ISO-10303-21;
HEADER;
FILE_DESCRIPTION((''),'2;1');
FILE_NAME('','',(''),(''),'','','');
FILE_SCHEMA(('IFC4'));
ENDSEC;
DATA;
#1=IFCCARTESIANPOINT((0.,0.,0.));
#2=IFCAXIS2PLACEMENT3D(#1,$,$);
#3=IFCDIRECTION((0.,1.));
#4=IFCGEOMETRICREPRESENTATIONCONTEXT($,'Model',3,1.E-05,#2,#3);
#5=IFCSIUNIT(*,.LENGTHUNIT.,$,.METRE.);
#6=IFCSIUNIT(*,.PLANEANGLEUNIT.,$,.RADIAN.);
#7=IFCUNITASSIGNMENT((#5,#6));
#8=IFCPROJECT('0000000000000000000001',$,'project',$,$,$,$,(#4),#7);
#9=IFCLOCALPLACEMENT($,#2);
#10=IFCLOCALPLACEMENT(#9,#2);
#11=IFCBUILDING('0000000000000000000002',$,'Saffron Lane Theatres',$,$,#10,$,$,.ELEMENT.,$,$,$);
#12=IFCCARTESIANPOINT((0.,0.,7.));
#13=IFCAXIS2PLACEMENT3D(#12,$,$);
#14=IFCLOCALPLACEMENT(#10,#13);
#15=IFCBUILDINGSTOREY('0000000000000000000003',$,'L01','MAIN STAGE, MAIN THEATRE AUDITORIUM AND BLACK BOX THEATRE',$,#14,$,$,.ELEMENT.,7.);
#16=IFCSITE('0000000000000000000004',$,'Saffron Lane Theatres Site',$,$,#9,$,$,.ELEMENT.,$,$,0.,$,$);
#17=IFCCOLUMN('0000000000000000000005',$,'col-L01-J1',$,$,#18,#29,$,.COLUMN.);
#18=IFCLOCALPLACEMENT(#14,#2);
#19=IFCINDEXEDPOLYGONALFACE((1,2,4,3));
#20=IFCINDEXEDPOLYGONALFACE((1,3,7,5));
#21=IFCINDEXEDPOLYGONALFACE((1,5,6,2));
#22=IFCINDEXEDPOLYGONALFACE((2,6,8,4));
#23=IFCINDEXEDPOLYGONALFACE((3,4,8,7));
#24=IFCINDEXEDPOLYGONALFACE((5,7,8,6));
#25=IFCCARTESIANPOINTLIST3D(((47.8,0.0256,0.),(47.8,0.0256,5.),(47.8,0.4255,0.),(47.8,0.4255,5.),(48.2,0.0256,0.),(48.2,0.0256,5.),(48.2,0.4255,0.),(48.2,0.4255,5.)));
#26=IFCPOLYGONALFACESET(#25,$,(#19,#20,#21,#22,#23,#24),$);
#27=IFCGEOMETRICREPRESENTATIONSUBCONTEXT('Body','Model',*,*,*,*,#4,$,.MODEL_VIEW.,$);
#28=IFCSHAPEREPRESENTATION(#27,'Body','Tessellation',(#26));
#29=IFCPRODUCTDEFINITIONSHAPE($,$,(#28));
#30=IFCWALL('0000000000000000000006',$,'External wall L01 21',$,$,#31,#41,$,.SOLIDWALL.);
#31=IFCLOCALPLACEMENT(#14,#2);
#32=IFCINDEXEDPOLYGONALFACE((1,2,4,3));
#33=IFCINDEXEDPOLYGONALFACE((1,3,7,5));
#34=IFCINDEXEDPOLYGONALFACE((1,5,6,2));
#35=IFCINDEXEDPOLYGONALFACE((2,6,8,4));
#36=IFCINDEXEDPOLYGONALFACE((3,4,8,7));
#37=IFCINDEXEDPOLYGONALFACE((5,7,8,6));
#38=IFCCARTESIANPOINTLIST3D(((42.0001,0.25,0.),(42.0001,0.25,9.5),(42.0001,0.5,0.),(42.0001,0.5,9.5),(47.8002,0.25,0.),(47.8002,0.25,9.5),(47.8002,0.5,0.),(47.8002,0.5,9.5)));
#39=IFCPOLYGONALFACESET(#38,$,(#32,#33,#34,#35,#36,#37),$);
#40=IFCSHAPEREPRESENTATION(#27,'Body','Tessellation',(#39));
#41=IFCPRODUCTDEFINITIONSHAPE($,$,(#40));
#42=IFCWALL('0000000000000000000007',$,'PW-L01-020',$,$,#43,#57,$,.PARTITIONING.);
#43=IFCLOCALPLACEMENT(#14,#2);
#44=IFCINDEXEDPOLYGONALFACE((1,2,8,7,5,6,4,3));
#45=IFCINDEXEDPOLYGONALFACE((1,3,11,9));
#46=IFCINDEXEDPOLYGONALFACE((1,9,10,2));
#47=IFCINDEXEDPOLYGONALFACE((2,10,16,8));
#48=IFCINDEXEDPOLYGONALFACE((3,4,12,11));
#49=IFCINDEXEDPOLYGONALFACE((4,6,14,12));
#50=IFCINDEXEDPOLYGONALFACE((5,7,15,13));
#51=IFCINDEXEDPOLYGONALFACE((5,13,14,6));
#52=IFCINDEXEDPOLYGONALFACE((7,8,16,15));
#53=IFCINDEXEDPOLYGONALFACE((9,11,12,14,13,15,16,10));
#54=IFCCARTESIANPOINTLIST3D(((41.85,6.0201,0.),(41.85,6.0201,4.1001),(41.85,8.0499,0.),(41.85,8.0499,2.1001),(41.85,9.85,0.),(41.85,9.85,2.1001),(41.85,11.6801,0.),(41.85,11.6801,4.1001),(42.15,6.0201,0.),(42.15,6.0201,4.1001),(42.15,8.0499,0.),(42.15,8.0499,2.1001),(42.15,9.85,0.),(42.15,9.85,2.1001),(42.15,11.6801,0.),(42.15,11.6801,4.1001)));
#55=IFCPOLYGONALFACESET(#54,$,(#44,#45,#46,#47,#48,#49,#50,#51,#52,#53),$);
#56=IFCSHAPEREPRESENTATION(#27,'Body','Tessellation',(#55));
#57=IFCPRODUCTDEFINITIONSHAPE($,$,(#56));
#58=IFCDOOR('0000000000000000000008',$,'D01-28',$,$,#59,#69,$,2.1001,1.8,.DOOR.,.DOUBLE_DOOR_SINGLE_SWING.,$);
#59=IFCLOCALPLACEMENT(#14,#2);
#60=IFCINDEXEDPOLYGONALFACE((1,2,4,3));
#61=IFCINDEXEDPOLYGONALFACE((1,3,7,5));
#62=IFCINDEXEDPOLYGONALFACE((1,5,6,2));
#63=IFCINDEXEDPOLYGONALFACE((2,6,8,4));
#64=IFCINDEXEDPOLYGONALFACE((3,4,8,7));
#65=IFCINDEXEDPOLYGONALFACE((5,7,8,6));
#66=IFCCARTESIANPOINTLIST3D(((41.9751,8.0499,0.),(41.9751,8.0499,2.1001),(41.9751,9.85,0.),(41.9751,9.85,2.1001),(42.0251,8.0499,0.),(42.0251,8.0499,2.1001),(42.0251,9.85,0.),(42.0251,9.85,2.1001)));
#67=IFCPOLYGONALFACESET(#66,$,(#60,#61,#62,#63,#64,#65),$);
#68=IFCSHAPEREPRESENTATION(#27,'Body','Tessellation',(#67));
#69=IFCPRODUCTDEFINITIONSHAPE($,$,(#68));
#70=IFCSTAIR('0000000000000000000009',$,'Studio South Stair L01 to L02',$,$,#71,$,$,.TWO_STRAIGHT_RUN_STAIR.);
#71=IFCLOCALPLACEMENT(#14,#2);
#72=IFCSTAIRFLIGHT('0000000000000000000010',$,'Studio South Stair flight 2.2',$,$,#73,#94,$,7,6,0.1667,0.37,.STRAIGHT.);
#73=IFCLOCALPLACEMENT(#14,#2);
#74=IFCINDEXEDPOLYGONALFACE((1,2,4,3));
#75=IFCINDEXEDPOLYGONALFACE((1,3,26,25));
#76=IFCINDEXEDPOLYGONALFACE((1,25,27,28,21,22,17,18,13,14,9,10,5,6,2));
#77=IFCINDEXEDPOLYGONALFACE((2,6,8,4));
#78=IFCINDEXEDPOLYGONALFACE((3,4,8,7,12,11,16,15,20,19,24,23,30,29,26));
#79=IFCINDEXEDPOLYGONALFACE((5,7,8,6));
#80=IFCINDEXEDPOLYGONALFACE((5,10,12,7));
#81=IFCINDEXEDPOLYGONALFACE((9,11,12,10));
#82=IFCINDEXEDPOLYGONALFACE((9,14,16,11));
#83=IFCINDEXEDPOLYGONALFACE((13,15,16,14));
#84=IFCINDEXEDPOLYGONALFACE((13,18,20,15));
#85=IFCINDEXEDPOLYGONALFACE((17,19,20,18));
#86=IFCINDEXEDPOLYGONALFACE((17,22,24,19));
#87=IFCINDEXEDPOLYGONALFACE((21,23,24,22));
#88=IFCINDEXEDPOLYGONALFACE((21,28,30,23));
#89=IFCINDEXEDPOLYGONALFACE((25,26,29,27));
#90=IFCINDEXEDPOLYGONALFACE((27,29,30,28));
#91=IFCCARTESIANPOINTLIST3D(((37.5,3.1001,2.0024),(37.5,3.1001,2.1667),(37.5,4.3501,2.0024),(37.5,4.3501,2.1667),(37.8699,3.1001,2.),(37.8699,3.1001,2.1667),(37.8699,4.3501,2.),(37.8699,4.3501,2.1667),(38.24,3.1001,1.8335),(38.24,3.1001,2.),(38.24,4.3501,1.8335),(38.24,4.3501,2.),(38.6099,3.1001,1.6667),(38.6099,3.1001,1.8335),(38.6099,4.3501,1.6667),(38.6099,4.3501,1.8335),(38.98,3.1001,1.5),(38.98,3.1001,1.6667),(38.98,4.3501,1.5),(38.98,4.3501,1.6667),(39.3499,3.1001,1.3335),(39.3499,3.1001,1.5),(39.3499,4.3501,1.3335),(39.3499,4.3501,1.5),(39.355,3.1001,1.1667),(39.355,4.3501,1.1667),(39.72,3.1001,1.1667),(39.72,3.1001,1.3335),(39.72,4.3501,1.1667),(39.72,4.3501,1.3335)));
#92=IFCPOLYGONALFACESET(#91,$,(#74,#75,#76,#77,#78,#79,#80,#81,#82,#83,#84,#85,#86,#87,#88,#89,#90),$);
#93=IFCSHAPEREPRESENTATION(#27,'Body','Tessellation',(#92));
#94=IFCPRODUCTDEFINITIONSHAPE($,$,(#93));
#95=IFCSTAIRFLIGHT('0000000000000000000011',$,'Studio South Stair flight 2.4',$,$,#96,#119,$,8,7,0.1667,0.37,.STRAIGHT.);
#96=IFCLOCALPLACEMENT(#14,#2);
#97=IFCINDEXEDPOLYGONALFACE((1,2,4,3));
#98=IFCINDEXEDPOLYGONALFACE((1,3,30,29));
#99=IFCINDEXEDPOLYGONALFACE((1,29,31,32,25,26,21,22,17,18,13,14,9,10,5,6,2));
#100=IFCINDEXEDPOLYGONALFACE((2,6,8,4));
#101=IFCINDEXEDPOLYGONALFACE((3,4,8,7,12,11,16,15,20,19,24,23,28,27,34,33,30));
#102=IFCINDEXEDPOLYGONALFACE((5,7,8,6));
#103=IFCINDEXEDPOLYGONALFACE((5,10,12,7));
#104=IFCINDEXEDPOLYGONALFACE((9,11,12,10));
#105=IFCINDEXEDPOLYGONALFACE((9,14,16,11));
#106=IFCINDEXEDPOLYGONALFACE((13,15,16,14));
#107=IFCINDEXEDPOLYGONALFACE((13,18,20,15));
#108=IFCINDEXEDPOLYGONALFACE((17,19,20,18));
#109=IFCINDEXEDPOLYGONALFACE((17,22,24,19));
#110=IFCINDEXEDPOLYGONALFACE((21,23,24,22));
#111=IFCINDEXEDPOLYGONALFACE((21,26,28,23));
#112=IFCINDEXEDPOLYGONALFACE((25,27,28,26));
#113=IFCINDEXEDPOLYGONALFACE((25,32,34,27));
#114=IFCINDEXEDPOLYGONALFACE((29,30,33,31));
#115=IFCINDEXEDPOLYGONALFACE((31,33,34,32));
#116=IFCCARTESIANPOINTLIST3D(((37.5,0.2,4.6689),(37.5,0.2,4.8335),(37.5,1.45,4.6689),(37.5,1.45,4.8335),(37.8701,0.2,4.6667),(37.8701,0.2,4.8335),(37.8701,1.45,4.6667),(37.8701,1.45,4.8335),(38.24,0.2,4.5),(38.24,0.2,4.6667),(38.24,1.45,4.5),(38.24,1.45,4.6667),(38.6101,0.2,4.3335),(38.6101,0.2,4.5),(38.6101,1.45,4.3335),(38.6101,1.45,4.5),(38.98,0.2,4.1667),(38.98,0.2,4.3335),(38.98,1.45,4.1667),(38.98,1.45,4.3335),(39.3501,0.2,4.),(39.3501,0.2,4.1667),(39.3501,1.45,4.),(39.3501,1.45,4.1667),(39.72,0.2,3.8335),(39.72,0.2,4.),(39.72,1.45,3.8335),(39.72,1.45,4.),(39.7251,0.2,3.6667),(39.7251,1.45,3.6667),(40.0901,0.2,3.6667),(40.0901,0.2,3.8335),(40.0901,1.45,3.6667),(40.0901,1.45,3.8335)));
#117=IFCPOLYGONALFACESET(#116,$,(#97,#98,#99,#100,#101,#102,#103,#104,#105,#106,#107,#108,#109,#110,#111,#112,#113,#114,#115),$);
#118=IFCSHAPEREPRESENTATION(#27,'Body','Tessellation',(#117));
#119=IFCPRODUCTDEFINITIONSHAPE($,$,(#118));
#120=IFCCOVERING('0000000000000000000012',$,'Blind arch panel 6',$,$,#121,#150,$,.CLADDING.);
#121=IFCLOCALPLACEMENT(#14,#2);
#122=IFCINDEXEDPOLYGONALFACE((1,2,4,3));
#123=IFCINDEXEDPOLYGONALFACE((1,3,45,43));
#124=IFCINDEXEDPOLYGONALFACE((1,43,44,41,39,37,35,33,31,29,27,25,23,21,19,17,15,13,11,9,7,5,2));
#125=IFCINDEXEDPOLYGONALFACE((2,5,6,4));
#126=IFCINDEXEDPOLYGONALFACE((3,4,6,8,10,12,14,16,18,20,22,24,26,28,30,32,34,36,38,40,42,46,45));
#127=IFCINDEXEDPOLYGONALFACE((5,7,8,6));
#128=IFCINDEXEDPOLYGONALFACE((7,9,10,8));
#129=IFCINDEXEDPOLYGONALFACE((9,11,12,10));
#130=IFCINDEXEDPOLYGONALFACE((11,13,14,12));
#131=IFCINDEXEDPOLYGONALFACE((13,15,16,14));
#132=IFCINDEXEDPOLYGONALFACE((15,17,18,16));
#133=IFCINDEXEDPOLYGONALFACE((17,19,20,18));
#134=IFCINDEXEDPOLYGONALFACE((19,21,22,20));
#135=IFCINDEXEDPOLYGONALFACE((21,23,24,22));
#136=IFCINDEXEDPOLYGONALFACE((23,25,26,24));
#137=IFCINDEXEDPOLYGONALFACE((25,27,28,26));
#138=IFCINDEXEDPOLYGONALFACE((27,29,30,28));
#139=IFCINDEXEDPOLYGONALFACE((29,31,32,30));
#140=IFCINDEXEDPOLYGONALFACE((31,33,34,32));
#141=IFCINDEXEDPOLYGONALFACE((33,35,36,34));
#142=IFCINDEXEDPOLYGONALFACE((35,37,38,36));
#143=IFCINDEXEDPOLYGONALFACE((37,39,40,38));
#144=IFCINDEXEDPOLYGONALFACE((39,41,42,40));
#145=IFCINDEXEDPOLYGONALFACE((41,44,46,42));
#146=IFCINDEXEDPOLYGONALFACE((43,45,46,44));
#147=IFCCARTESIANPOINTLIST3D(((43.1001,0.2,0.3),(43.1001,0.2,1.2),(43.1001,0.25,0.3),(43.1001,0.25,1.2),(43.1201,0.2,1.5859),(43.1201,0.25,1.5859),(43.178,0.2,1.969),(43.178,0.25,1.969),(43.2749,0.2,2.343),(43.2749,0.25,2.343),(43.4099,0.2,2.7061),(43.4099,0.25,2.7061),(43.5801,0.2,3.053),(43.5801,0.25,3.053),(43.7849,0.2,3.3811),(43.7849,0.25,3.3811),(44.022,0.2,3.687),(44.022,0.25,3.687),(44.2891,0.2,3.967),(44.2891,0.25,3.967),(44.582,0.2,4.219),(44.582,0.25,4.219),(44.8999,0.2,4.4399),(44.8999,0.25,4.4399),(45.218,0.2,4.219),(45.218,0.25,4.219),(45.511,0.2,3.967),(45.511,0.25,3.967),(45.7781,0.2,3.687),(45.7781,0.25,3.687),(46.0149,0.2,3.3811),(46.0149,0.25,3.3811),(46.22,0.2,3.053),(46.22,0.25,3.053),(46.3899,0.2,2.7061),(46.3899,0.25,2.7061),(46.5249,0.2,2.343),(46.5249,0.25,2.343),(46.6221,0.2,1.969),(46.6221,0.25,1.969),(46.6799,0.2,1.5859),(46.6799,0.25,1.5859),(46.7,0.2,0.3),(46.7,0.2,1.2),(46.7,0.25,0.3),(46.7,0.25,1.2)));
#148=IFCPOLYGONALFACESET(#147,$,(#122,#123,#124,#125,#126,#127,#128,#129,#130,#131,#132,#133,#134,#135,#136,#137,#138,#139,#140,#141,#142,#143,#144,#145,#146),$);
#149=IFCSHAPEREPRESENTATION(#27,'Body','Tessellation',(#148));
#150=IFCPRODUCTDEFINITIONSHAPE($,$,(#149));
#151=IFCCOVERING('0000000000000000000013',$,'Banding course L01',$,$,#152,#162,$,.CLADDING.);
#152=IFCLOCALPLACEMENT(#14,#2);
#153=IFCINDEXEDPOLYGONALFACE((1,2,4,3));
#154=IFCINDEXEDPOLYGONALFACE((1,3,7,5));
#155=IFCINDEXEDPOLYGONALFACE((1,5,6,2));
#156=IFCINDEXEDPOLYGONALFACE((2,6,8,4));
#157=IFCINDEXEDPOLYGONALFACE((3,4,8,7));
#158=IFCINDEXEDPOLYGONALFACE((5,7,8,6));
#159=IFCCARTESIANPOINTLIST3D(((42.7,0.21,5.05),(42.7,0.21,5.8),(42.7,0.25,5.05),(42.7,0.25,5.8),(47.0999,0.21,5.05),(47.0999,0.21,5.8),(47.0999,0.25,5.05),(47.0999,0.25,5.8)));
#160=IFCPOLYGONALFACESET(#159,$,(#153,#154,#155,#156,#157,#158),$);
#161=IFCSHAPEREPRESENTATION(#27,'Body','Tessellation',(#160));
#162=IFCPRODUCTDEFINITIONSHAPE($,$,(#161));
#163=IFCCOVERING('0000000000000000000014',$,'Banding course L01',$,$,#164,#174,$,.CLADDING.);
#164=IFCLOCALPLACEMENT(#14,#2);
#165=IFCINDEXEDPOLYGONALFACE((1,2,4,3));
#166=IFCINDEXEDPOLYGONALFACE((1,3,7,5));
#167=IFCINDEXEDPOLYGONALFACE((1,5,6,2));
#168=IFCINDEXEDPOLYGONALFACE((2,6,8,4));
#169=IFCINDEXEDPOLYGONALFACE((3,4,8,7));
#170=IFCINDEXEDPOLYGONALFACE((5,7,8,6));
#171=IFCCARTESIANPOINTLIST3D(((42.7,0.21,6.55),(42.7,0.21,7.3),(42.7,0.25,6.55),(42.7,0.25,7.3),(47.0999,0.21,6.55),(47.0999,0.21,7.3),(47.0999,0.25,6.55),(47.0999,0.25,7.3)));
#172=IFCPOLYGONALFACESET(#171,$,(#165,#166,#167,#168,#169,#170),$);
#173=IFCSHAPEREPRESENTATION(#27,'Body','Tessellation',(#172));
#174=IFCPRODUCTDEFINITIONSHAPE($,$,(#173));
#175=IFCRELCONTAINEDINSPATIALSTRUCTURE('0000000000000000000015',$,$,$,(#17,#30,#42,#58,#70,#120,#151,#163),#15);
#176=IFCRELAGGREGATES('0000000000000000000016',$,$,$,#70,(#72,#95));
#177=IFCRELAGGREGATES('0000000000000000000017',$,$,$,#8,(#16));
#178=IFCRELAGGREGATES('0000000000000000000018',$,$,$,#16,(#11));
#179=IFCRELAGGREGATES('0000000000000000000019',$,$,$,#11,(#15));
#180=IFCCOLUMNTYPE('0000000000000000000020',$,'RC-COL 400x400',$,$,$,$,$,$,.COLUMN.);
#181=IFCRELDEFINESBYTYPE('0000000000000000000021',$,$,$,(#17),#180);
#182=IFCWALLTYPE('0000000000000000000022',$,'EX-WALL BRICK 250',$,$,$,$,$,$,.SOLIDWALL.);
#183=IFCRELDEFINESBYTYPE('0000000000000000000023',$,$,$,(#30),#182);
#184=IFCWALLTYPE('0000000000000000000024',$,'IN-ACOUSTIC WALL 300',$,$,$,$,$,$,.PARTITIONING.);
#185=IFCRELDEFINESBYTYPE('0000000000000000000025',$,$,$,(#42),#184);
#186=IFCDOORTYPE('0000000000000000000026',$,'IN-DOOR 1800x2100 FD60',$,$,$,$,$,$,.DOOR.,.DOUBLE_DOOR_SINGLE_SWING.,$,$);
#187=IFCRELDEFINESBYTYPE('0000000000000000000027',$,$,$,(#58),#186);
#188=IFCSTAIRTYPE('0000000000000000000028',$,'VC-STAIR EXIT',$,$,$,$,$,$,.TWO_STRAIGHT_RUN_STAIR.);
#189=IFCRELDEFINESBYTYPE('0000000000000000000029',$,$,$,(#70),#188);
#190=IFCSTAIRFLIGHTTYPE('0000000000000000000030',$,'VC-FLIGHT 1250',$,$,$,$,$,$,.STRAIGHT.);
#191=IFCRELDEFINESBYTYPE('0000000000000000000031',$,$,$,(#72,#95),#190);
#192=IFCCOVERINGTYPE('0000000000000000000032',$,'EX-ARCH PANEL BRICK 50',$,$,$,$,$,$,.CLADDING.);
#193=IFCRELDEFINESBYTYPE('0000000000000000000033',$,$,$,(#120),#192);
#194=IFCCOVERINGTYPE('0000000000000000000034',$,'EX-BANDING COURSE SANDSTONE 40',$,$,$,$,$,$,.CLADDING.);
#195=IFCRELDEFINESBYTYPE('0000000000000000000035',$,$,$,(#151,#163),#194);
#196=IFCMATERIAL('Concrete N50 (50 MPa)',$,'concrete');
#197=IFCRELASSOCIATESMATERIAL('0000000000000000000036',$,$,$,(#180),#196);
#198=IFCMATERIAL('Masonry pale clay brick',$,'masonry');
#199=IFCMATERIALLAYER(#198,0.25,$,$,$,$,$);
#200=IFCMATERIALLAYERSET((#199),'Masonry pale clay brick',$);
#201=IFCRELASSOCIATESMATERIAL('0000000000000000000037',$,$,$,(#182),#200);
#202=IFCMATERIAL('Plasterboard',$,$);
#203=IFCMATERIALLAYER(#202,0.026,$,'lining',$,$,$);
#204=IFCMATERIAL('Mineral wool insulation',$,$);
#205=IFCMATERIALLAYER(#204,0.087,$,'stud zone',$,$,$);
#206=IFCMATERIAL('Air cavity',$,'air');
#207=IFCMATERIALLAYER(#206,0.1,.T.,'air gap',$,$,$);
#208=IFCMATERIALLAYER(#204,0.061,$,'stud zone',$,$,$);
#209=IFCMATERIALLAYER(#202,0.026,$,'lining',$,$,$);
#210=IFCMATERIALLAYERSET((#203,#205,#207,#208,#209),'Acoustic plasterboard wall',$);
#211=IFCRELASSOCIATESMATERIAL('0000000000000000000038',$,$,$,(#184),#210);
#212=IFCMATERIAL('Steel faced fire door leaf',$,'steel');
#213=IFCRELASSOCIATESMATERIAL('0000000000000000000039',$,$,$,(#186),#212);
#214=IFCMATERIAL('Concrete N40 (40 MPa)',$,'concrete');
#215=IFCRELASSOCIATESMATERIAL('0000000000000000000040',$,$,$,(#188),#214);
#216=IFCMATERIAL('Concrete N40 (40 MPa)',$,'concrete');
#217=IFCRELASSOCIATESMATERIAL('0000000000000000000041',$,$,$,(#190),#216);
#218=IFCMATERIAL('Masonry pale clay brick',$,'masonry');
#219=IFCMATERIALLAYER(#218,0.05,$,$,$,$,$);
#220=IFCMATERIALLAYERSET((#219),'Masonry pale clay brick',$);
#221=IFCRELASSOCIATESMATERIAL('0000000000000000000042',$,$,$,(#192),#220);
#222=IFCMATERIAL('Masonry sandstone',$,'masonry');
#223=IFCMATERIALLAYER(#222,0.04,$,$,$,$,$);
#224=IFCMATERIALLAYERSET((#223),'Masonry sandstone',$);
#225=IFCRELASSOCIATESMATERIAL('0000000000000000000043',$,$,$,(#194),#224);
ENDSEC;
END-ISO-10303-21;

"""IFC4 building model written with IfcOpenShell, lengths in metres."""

from ifc_helpers import new_model, si_unit, direction, frame, frame_2d, origin, origin_2d, place, context, subcontext, project, spatial, polyline, rectangle, outline, extrude, material, layer, layer_set, material_profile, profile_set, type_object, element, fill, aggregate, save


model = new_model("IFC4")

# Units and contexts
model_context = context("Model", 3, precision=1e-05, world=origin(), true_north=direction((0.0, 1.0)))
body_context = subcontext(model_context, "Body", "Model", "MODEL_VIEW")
ifc_project = project(units=[si_unit("LENGTHUNIT", "METRE"), si_unit("PLANEANGLEUNIT", "RADIAN")], contexts=[model_context])

# Site, building, storey
site_placement = place(None, origin())
site = spatial("IfcSite", under=ifc_project, at=site_placement, Name="Saffron Lane Theatres Site", CompositionType="ELEMENT", RefElevation=0.0)
building_placement = place(site_placement, origin())
building = spatial("IfcBuilding", under=site, at=building_placement, Name="Saffron Lane Theatres", CompositionType="ELEMENT")
storey_placement = place(building_placement, frame((0.0, 0.0, 7.0)))
storey = spatial("IfcBuildingStorey", under=building, at=storey_placement, Name="L01", Description="MAIN STAGE, MAIN THEATRE AUDITORIUM AND BLACK BOX THEATRE", CompositionType="ELEMENT", Elevation=7.0)

# Column
ifc_material_1 = material(Name="Concrete N50 (50 MPa)", Category="concrete")
ifc_material_profile = material_profile(ifc_material_1, rectangle(XDim=0.3999, YDim=0.3999, at=origin_2d()))
ifc_profile_set = profile_set([ifc_material_profile], Name="Concrete N50 (50 MPa)")
column_type = type_object("IfcColumnType", Name="RC-COL 400x400", PredefinedType="COLUMN", material=ifc_profile_set)
column_placement = place(storey_placement, frame((48.0, 0.2256, 0.0), z_axis=(0.0, 0.0, 1.0), x_axis=(1.0, 0.0, 0.0)))
element("IfcColumn", 1, at=column_placement, inside=storey, type_object=column_type, Name="col-L01-J1", PredefinedType="COLUMN", context=body_context, shape_type="SweptSolid", body=[
    extrude(rectangle(XDim=0.3999, YDim=0.3999, at=origin_2d()), origin(), (0.0, 0.0, 1.0), 5.0),
])

# Wall
ifc_material_2 = material(Name="Masonry pale clay brick", Category="masonry")
ifc_layer_1 = layer(ifc_material_2, 0.25)
ifc_layer_set_1 = layer_set([ifc_layer_1], Name="Masonry pale clay brick")
wall_type_1 = type_object("IfcWallType", Name="EX-WALL BRICK 250", PredefinedType="SOLIDWALL", material=ifc_layer_set_1)
wall_1_placement = place(storey_placement, frame((47.8, 0.375, 0.0), z_axis=(0.0, 0.0, 1.0), x_axis=(-1.0, 0.0, 0.0)))
element("IfcWall", 2, at=wall_1_placement, inside=storey, type_object=wall_type_1, Name="External wall L01 21", PredefinedType="SOLIDWALL", context=body_context, shape_type="SweptSolid", body=[
    extrude(rectangle(XDim=5.8, YDim=0.25, at=frame_2d((2.8999, 0.0))), origin(), (0.0, 0.0, 1.0), 9.5),
])

# Wall, opening, door
ifc_material_3 = material(Name="Plasterboard")
ifc_layer_2 = layer(ifc_material_3, 0.026, Name="lining")
ifc_material_4 = material(Name="Mineral wool insulation")
ifc_layer_3 = layer(ifc_material_4, 0.087, Name="stud zone")
ifc_material_5 = material(Name="Air cavity", Category="air")
ifc_layer_4 = layer(ifc_material_5, 0.1, ventilated=True, Name="air gap")
ifc_layer_5 = layer(ifc_material_4, 0.061, Name="stud zone")
ifc_layer_6 = layer(ifc_material_3, 0.026, Name="lining")
ifc_layer_set_2 = layer_set([ifc_layer_2, ifc_layer_3, ifc_layer_4, ifc_layer_5, ifc_layer_6], Name="Acoustic plasterboard wall")
wall_type_2 = type_object("IfcWallType", Name="IN-ACOUSTIC WALL 300", PredefinedType="PARTITIONING", material=ifc_layer_set_2)
wall_2_placement = place(storey_placement, frame((42.0, 6.02, 0.0), z_axis=(0.0, 0.0, 1.0), x_axis=(0.0, 1.0, 0.0)))
wall_2 = element("IfcWall", 3, at=wall_2_placement, inside=storey, type_object=wall_type_2, Name="PW-L01-020", PredefinedType="PARTITIONING", context=body_context, shape_type="SweptSolid", body=[
    extrude(rectangle(XDim=5.6599, YDim=0.3, at=frame_2d((2.8301, 0.0))), origin(), (0.0, 0.0, 1.0), 4.1001),
])
opening_placement = place(wall_2_placement, frame((2.03, 0.0, 0.0)))
opening = element("IfcOpeningElement", 4, at=opening_placement, cuts=wall_2, PredefinedType="OPENING", context=body_context, shape_type="SweptSolid", body=[
    extrude(rectangle(XDim=1.8, YDim=2.1001, at=frame_2d((0.8999, 1.05))), frame((0.0, 0.1602, 0.0), z_axis=(0.0, -1.0, 0.0), x_axis=(1.0, 0.0, 0.0)), (0.0, 0.0, 1.0), 0.3201),
])
ifc_material_6 = material(Name="Steel faced fire door leaf", Category="steel")
door_type = type_object("IfcDoorType", Name="IN-DOOR 1800x2100 FD60", OperationType="DOUBLE_DOOR_SINGLE_SWING", PredefinedType="DOOR", material=ifc_material_6)
door_placement = place(opening_placement, origin())
door = element("IfcDoor", 5, at=door_placement, inside=storey, type_object=door_type, Name="D01-28", OperationType="DOUBLE_DOOR_SINGLE_SWING", OverallHeight=2.1001, OverallWidth=1.8, PredefinedType="DOOR", context=body_context, shape_type="SweptSolid", body=[
    extrude(rectangle(XDim=1.8, YDim=2.1001, at=frame_2d((0.8999, 1.05))), frame((0.0, 0.0249, 0.0), z_axis=(0.0, -1.0, 0.0), x_axis=(1.0, 0.0, 0.0)), (0.0, 0.0, 1.0), 0.05),
])
fill(opening, door)

# Stair, stair flights
ifc_material_7 = material(Name="Concrete N40 (40 MPa)", Category="concrete")
stair_type = type_object("IfcStairType", Name="VC-STAIR EXIT", PredefinedType="TWO_STRAIGHT_RUN_STAIR", material=ifc_material_7)
stair_placement = place(storey_placement, origin())
stair = element("IfcStair", 6, at=stair_placement, inside=storey, type_object=stair_type, Name="Studio South Stair L01 to L02", PredefinedType="TWO_STRAIGHT_RUN_STAIR")
ifc_material_8 = material(Name="Concrete N40 (40 MPa)", Category="concrete")
stair_flight_type = type_object("IfcStairFlightType", Name="VC-FLIGHT 1250", PredefinedType="STRAIGHT", material=ifc_material_8)
stair_flight_1_placement = place(storey_placement, frame((39.72, 3.7251, 1.1667), z_axis=(0.0, 0.0, 1.0), x_axis=(-1.0, 0.0, 0.0)))
stair_flight_1 = element("IfcStairFlight", 7, at=stair_flight_1_placement, type_object=stair_flight_type, Name="Studio South Stair flight 2.2", NumberOfRisers=7, NumberOfTreads=6, PredefinedType="STRAIGHT", RiserHeight=0.1667, TreadLength=0.37, context=body_context, shape_type="SweptSolid", body=[
    extrude(outline(polyline([(0.0, 0.0), (0.0, 0.1667), (0.3701, 0.1667), (0.3701, 0.3333), (0.74, 0.3333), (0.74, 0.5), (1.1101, 0.5), (1.1101, 0.6667), (1.48, 0.6667), (1.48, 0.8333), (1.8501, 0.8333), (1.8501, 1.0), (2.22, 1.0), (2.22, 1.1667), (2.22, 0.8357), (0.365, 0.0), (0.0, 0.0)])), frame((0.0, 0.625, 0.0), z_axis=(0.0, -1.0, 0.0), x_axis=(1.0, 0.0, 0.0)), (0.0, 0.0, 1.0), 1.25),
])
stair_flight_2_placement = place(storey_placement, frame((40.0901, 0.825, 3.6667), z_axis=(0.0, 0.0, 1.0), x_axis=(-1.0, 0.0, 0.0)))
stair_flight_2 = element("IfcStairFlight", 8, at=stair_flight_2_placement, type_object=stair_flight_type, Name="Studio South Stair flight 2.4", NumberOfRisers=8, NumberOfTreads=7, PredefinedType="STRAIGHT", RiserHeight=0.1667, TreadLength=0.37, context=body_context, shape_type="SweptSolid", body=[
    extrude(outline(polyline([(0.0, 0.0), (0.0, 0.1667), (0.3701, 0.1667), (0.3701, 0.3333), (0.74, 0.3333), (0.74, 0.5), (1.1101, 0.5), (1.1101, 0.6667), (1.48, 0.6667), (1.48, 0.8333), (1.8501, 0.8333), (1.8501, 1.0), (2.22, 1.0), (2.22, 1.1667), (2.5901, 1.1667), (2.5901, 1.3333), (2.5901, 1.0022), (0.365, 0.0), (0.0, 0.0)])), frame((0.0, 0.625, 0.0), z_axis=(0.0, -1.0, 0.0), x_axis=(1.0, 0.0, 0.0)), (0.0, 0.0, 1.0), 1.25),
])
aggregate(stair, [stair_flight_1, stair_flight_2])

# Coverings
ifc_material_9 = material(Name="Masonry pale clay brick", Category="masonry")
ifc_layer_7 = layer(ifc_material_9, 0.05)
ifc_layer_set_3 = layer_set([ifc_layer_7], Name="Masonry pale clay brick")
covering_type_1 = type_object("IfcCoveringType", Name="EX-ARCH PANEL BRICK 50", PredefinedType="CLADDING", material=ifc_layer_set_3)
covering_placement = place(storey_placement, frame((46.7, 0.25, 1.2), z_axis=(0.0, 1.0, 0.0), x_axis=(0.0, 0.0, -1.0)))
element("IfcCovering", 9, at=covering_placement, inside=storey, type_object=covering_type_1, Name="Blind arch panel 6", PredefinedType="CLADDING", context=body_context, shape_type="SweptSolid", body=[
    extrude(outline(polyline([(0.0, 0.0), (0.8999, 0.0), (0.8999, 3.5999), (0.0, 3.5999), (-0.386, 3.5798), (-0.769, 3.522), (-1.1431, 3.425), (-1.5061, 3.29), (-1.853, 3.1199), (-2.1812, 2.915), (-2.4871, 2.678), (-2.7671, 2.4109), (-3.019, 2.1179), (-3.24, 1.8), (-3.019, 1.4819), (-2.7671, 1.189), (-2.4871, 0.9219), (-2.1812, 0.6851), (-1.853, 0.48), (-1.5061, 0.3101), (-1.1431, 0.175), (-0.769, 0.0779), (-0.386, 0.02), (0.0, 0.0)])), origin(), (0.0, 0.0, -1.0), 0.05),
])
ifc_material_10 = material(Name="Masonry sandstone", Category="masonry")
ifc_layer_8 = layer(ifc_material_10, 0.04)
ifc_layer_set_4 = layer_set([ifc_layer_8], Name="Masonry sandstone")
covering_type_2 = type_object("IfcCoveringType", Name="EX-BANDING COURSE SANDSTONE 40", PredefinedType="CLADDING", material=ifc_layer_set_4)
for number, where, z_axis, x_axis, name in (
    (10, (44.8999, 0.23, 5.05), (0.0, 0.0, 1.0), (-1.0, 0.0, 0.0), "Banding course L01"),
    (11, (44.8999, 0.23, 6.55), (0.0, 0.0, 1.0), (-1.0, 0.0, 0.0), "Banding course L01"),
):
    element("IfcCovering", number, at=place(storey_placement, frame(where, z_axis=z_axis, x_axis=x_axis)), inside=storey, type_object=covering_type_2, Name=name, PredefinedType="CLADDING", context=body_context, shape_type="SweptSolid", body=[
        extrude(rectangle(XDim=4.3999, YDim=0.04, at=origin_2d()), origin(), (0.0, 0.0, 1.0), 0.75),
    ])

save(model, "model.ifc")
